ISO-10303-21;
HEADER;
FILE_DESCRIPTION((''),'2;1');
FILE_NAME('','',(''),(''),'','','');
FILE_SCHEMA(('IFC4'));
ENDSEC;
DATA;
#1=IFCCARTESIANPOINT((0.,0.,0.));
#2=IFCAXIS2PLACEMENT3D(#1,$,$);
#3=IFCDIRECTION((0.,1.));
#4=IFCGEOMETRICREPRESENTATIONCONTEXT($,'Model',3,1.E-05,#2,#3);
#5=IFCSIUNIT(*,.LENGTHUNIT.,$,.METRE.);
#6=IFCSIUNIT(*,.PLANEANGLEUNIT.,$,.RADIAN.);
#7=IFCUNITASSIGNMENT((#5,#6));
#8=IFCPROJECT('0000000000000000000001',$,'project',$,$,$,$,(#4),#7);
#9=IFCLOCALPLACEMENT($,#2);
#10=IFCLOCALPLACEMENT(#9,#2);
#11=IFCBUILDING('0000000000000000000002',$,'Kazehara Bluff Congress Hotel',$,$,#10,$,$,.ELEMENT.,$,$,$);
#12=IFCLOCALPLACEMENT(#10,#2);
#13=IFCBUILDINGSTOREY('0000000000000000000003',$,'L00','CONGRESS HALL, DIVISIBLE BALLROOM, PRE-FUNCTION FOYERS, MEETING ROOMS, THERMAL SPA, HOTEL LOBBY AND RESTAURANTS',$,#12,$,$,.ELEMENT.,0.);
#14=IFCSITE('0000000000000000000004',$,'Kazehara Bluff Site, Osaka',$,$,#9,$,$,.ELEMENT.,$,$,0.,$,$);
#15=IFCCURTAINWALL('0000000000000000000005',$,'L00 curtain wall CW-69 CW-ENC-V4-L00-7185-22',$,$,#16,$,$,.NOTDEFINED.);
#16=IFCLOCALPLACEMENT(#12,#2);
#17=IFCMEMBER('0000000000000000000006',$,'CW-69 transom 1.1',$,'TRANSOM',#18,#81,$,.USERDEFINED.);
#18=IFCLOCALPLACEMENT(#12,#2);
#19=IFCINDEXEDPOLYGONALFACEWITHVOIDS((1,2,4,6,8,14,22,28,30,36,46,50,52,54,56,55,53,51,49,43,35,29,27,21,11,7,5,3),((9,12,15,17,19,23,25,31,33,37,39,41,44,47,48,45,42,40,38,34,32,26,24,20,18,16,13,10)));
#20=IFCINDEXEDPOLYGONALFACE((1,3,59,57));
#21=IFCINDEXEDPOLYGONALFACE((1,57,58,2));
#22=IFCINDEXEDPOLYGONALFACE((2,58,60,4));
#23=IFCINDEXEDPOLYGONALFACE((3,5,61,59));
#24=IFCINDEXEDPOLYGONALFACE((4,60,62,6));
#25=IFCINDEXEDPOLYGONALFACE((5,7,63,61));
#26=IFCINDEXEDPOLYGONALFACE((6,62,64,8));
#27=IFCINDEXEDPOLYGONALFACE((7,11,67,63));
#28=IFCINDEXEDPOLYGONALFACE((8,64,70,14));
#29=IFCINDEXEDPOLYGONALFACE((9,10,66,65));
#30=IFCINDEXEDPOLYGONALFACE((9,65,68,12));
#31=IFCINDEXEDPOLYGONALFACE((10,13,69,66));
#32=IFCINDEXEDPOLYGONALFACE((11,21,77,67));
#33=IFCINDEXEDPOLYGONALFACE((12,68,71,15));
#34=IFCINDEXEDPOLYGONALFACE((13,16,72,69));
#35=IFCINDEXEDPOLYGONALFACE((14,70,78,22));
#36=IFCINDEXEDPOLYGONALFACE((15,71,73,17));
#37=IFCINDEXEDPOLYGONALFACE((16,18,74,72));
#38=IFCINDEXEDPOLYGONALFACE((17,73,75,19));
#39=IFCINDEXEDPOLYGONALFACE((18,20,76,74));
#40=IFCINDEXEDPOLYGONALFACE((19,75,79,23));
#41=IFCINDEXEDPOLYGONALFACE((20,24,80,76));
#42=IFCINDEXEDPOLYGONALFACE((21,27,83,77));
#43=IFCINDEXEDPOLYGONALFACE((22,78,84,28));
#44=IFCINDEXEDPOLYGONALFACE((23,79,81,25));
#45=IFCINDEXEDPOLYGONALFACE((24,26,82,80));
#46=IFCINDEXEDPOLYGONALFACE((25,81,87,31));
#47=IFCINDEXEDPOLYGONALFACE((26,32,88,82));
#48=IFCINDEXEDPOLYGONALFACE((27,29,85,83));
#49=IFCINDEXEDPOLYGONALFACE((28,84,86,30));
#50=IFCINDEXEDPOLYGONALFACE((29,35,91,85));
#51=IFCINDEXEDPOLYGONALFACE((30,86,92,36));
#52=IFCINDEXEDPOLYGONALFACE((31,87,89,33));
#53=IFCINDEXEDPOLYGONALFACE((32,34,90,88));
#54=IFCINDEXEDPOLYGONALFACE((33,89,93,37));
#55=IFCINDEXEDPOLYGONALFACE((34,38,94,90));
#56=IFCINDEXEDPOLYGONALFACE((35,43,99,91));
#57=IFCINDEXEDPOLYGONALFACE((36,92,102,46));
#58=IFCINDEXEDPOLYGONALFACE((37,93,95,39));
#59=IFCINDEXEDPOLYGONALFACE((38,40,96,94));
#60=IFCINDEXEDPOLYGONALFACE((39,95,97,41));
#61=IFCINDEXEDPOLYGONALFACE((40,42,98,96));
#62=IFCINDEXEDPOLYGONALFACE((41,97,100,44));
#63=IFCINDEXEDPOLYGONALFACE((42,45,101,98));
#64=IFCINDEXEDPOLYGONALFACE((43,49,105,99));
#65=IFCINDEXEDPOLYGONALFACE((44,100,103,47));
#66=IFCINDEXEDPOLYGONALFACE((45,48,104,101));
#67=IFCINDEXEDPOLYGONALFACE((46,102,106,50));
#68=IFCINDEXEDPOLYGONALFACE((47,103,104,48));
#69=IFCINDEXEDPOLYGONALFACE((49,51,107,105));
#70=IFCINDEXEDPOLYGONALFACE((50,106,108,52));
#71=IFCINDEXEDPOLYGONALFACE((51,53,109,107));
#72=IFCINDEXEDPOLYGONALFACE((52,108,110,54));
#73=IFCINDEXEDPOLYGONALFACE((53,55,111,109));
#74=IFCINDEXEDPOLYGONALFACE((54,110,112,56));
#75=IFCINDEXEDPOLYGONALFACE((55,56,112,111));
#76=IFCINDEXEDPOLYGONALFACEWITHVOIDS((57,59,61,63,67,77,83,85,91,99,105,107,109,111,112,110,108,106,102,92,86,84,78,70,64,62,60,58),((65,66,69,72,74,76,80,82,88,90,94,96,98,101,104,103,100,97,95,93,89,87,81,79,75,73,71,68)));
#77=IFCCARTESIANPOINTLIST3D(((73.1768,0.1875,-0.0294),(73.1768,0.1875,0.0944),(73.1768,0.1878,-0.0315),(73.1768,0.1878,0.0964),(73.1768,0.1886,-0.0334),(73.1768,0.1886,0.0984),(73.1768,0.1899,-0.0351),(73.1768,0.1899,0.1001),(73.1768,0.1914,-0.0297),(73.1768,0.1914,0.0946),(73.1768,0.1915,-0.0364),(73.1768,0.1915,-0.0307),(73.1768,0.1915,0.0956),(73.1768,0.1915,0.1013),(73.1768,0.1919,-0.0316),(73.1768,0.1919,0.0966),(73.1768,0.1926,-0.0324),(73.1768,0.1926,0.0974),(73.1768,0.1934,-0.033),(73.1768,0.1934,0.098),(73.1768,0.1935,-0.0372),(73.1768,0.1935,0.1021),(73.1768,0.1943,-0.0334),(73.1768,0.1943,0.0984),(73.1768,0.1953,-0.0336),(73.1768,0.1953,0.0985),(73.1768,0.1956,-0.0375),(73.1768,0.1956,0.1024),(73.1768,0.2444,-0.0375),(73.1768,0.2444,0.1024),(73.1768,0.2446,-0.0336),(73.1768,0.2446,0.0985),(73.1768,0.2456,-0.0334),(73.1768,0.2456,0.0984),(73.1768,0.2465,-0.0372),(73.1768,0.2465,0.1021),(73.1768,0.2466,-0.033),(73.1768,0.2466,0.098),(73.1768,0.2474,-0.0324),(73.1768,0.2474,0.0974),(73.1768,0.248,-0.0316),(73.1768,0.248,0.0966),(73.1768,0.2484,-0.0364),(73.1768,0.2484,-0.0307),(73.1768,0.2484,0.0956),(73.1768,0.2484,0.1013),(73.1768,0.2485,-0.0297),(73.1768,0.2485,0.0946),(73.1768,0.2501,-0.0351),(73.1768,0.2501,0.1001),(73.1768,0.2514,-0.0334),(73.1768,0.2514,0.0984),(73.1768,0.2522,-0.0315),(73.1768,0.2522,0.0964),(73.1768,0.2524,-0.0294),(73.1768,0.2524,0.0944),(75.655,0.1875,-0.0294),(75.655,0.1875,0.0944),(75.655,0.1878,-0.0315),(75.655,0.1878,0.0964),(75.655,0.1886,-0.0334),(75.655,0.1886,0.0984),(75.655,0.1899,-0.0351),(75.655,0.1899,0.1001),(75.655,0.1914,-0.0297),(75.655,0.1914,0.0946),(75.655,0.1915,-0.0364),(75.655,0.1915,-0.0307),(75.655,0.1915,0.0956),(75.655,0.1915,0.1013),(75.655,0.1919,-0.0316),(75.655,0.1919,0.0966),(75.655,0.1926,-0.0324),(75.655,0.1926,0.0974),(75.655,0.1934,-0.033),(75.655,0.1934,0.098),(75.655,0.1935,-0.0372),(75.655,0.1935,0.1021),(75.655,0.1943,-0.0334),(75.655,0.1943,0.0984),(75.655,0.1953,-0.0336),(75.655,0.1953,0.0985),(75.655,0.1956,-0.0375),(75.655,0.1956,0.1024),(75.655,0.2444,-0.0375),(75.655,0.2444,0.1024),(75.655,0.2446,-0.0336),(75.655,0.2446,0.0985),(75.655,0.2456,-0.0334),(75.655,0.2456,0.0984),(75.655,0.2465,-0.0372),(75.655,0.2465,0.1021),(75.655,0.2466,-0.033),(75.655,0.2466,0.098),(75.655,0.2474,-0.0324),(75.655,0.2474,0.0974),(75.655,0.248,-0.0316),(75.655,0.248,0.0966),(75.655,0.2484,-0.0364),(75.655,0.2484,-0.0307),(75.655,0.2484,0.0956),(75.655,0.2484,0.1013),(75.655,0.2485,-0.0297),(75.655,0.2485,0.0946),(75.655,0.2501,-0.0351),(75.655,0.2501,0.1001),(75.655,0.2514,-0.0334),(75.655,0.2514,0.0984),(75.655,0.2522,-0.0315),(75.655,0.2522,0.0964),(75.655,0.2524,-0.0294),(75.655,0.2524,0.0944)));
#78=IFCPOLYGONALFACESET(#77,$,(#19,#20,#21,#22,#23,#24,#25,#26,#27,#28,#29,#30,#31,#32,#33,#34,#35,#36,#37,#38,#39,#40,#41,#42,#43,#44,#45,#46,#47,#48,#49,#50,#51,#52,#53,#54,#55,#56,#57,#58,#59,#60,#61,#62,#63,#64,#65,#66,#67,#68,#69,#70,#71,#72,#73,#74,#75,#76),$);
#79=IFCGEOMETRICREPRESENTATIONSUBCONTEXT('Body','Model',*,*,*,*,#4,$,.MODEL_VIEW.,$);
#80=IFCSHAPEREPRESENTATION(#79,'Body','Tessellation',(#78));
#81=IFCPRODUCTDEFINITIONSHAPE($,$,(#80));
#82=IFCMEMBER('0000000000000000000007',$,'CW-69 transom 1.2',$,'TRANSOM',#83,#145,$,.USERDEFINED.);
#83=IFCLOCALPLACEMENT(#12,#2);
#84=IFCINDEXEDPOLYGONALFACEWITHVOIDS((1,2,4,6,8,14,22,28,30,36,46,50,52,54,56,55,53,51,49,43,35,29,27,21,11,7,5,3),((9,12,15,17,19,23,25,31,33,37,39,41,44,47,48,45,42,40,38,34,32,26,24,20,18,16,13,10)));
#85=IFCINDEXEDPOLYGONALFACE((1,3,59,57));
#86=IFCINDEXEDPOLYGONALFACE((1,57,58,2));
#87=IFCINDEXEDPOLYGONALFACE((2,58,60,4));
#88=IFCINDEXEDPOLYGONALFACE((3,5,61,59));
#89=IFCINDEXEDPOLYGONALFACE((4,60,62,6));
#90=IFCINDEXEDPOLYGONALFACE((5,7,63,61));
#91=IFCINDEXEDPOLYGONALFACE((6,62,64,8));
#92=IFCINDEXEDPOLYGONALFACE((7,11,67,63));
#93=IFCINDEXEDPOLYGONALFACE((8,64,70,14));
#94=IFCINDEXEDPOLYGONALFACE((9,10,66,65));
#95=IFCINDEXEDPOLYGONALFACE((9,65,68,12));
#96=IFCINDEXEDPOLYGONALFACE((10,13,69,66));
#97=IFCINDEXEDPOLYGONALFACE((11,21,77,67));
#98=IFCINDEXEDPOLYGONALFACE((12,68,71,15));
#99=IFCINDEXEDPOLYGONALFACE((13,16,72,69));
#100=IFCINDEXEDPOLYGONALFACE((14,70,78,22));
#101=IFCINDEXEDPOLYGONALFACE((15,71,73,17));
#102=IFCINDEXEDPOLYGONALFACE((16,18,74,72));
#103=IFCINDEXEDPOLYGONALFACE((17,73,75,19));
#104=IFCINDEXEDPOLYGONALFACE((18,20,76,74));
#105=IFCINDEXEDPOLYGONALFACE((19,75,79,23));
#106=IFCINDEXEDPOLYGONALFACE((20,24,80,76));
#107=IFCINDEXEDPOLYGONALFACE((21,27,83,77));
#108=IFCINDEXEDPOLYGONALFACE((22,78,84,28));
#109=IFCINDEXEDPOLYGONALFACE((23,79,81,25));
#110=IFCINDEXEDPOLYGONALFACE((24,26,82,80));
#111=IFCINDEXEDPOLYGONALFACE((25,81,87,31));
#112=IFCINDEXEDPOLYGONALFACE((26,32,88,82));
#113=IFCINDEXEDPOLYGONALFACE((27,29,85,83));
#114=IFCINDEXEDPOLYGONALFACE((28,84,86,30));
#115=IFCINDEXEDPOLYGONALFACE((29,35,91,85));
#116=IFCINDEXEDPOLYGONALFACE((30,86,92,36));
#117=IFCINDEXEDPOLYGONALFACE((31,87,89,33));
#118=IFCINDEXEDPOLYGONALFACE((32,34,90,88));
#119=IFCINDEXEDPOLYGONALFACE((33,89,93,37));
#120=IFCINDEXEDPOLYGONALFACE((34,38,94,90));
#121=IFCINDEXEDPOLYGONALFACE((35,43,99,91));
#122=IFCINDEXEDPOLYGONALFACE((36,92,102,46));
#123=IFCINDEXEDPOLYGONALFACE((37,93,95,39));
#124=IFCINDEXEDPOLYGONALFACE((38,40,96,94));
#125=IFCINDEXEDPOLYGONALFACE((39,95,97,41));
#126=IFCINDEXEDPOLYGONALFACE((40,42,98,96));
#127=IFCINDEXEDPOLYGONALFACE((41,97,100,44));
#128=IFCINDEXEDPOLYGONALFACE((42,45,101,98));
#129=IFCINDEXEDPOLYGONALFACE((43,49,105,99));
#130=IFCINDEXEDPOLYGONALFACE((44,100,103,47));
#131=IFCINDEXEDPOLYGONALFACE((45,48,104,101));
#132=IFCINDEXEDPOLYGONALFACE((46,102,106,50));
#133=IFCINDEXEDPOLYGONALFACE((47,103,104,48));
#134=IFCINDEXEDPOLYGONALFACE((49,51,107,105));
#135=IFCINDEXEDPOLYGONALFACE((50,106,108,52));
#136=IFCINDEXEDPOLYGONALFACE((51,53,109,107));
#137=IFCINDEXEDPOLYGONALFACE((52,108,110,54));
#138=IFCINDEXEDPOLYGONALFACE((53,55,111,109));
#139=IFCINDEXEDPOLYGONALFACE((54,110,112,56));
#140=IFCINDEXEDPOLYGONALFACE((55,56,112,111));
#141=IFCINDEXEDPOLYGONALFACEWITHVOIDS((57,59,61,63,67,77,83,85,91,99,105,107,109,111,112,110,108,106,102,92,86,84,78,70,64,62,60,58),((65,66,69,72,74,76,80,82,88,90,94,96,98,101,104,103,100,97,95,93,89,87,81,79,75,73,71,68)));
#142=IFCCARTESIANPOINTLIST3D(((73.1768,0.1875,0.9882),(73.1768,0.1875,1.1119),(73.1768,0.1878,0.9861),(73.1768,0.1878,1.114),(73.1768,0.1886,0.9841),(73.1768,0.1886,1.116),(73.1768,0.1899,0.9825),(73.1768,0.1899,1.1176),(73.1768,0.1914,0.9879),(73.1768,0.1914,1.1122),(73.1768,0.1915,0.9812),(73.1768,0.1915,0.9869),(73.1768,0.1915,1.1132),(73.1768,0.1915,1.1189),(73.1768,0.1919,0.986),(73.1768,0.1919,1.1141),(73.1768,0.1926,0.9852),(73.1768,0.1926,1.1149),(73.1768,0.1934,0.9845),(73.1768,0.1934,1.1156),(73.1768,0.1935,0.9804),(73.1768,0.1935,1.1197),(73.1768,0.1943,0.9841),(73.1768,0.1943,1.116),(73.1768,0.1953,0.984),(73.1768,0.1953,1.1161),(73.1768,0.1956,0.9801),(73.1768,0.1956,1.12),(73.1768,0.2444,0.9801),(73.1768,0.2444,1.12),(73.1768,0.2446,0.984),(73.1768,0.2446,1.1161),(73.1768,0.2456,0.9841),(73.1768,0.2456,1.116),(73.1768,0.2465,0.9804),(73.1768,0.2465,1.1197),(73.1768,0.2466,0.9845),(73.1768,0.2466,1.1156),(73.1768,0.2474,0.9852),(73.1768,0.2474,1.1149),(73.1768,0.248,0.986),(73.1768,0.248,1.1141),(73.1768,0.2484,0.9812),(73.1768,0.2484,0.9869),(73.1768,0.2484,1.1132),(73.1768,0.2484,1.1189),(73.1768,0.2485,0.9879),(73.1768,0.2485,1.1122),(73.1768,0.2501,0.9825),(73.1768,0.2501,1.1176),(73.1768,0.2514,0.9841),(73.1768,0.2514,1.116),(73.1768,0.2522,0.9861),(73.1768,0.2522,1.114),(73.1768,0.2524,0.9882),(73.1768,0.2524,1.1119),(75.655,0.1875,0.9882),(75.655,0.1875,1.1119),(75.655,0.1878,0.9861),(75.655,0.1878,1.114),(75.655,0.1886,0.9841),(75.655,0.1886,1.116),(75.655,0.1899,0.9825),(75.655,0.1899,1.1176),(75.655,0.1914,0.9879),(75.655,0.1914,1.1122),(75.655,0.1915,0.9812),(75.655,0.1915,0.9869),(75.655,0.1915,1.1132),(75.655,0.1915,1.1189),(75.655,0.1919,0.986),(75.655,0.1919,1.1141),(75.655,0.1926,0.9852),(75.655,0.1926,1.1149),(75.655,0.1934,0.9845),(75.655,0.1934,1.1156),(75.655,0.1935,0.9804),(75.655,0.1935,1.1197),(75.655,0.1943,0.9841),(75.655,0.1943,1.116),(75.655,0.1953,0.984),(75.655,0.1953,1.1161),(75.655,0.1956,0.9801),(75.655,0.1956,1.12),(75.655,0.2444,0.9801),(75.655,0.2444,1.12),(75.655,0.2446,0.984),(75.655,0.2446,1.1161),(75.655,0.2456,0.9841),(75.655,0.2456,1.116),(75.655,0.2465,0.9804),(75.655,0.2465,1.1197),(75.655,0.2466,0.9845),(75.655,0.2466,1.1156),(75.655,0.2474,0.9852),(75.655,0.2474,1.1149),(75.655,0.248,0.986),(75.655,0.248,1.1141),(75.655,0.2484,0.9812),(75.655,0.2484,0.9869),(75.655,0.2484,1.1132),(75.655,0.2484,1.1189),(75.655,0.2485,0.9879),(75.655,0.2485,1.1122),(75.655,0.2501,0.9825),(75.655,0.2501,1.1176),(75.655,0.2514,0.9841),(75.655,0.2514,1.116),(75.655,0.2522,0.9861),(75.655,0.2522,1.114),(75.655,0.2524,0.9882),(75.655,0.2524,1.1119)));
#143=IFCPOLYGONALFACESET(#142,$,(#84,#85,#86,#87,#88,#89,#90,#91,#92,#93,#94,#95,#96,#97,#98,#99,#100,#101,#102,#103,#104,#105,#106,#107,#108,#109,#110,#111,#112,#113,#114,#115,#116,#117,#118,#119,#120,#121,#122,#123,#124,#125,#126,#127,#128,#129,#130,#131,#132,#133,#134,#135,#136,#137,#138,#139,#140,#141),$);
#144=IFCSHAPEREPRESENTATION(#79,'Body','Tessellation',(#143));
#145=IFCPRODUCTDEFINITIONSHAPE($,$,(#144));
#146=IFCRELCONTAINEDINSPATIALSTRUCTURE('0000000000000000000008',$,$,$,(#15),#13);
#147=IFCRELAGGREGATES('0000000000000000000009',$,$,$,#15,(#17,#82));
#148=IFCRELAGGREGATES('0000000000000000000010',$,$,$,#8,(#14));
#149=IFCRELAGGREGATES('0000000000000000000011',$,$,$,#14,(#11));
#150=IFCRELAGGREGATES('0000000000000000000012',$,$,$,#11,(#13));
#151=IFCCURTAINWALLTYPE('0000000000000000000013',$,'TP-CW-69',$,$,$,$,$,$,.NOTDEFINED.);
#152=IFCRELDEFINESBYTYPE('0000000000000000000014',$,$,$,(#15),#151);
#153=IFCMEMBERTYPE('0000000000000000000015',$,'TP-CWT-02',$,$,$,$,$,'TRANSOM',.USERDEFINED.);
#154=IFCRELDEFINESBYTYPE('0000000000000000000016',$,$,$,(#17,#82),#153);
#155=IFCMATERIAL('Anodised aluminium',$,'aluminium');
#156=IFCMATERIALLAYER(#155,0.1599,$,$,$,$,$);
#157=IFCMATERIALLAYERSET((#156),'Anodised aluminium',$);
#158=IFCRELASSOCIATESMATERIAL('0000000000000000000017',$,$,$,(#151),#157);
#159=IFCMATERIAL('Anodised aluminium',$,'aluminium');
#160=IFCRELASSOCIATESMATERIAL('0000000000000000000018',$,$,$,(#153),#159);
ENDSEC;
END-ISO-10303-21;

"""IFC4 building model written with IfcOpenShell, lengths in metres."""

from ifc_helpers import new_model, si_unit, direction, frame, origin, origin_2d, place, context, subcontext, project, spatial, hollow_rectangle, extrude, material, layer, layer_set, material_profile, profile_set, type_object, element, aggregate, save


model = new_model("IFC4")

# Units and contexts
model_context = context("Model", 3, precision=1e-05, world=origin(), true_north=direction((0.0, 1.0)))
body_context = subcontext(model_context, "Body", "Model", "MODEL_VIEW")
ifc_project = project(units=[si_unit("LENGTHUNIT", "METRE"), si_unit("PLANEANGLEUNIT", "RADIAN")], contexts=[model_context])

# Site, building, storey
site_placement = place(None, origin())
site = spatial("IfcSite", under=ifc_project, at=site_placement, Name="Kazehara Bluff Site, Osaka", CompositionType="ELEMENT", RefElevation=0.0)
building_placement = place(site_placement, origin())
building = spatial("IfcBuilding", under=site, at=building_placement, Name="Kazehara Bluff Congress Hotel", CompositionType="ELEMENT")
storey_placement = place(building_placement, origin())
storey = spatial("IfcBuildingStorey", under=building, at=storey_placement, Name="L00", Description="CONGRESS HALL, DIVISIBLE BALLROOM, PRE-FUNCTION FOYERS, MEETING ROOMS, THERMAL SPA, HOTEL LOBBY AND RESTAURANTS", CompositionType="ELEMENT", Elevation=0.0)

# Curtain wall, members
ifc_material_1 = material(Name="Anodised aluminium", Category="aluminium")
ifc_layer_1 = layer(ifc_material_1, 0.1599)
ifc_layer_set_1 = layer_set([ifc_layer_1], Name="Anodised aluminium")
curtain_wall_type = type_object("IfcCurtainWallType", Name="TP-CW-69", PredefinedType="NOTDEFINED", material=ifc_layer_set_1)
curtain_wall_placement = place(storey_placement, origin())
curtain_wall = element("IfcCurtainWall", 1, at=curtain_wall_placement, inside=storey, type_object=curtain_wall_type, Name="L00 curtain wall CW-69 CW-ENC-V4-L00-7185-22", PredefinedType="NOTDEFINED")
ifc_material_2 = material(Name="Anodised aluminium", Category="aluminium")
ifc_material_profile_1 = material_profile(ifc_material_2, hollow_rectangle(XDim=0.0649, YDim=0.1399, WallThickness=0.0039, InnerFilletRadius=0.0039, OuterFilletRadius=0.0081, at=origin_2d()))
ifc_profile_set_1 = profile_set([ifc_material_profile_1], Name="Anodised aluminium")
member_type_1 = type_object("IfcMemberType", Name="TP-CWT-02", ElementType="TRANSOM", PredefinedType="USERDEFINED", material=ifc_profile_set_1)
member_1_placement = place(storey_placement, frame((75.655, 0.22, 0.0325), z_axis=(-1.0, 0.0, 0.0), x_axis=(0.0, -1.0, 0.0)))
member_1 = element("IfcMember", 2, at=member_1_placement, type_object=member_type_1, Name="CW-69 transom 1.1", ObjectType="TRANSOM", PredefinedType="USERDEFINED", context=body_context, shape_type="SweptSolid", body=[
    extrude(hollow_rectangle(XDim=0.0649, YDim=0.1399, WallThickness=0.0039, InnerFilletRadius=0.0039, OuterFilletRadius=0.0081, at=origin_2d()), origin(), (0.0, 0.0, 1.0), 2.4783),
])
member_2_placement = place(storey_placement, frame((75.655, 0.22, 1.05), z_axis=(-1.0, 0.0, 0.0), x_axis=(0.0, -1.0, 0.0)))
member_2 = element("IfcMember", 3, at=member_2_placement, type_object=member_type_1, Name="CW-69 transom 1.2", ObjectType="TRANSOM", PredefinedType="USERDEFINED", context=body_context, shape_type="SweptSolid", body=[
    extrude(hollow_rectangle(XDim=0.0649, YDim=0.1399, WallThickness=0.0039, InnerFilletRadius=0.0039, OuterFilletRadius=0.0081, at=origin_2d()), origin(), (0.0, 0.0, 1.0), 2.4783),
])

aggregate(curtain_wall, [member_1, member_2])

save(model, "model.ifc")
